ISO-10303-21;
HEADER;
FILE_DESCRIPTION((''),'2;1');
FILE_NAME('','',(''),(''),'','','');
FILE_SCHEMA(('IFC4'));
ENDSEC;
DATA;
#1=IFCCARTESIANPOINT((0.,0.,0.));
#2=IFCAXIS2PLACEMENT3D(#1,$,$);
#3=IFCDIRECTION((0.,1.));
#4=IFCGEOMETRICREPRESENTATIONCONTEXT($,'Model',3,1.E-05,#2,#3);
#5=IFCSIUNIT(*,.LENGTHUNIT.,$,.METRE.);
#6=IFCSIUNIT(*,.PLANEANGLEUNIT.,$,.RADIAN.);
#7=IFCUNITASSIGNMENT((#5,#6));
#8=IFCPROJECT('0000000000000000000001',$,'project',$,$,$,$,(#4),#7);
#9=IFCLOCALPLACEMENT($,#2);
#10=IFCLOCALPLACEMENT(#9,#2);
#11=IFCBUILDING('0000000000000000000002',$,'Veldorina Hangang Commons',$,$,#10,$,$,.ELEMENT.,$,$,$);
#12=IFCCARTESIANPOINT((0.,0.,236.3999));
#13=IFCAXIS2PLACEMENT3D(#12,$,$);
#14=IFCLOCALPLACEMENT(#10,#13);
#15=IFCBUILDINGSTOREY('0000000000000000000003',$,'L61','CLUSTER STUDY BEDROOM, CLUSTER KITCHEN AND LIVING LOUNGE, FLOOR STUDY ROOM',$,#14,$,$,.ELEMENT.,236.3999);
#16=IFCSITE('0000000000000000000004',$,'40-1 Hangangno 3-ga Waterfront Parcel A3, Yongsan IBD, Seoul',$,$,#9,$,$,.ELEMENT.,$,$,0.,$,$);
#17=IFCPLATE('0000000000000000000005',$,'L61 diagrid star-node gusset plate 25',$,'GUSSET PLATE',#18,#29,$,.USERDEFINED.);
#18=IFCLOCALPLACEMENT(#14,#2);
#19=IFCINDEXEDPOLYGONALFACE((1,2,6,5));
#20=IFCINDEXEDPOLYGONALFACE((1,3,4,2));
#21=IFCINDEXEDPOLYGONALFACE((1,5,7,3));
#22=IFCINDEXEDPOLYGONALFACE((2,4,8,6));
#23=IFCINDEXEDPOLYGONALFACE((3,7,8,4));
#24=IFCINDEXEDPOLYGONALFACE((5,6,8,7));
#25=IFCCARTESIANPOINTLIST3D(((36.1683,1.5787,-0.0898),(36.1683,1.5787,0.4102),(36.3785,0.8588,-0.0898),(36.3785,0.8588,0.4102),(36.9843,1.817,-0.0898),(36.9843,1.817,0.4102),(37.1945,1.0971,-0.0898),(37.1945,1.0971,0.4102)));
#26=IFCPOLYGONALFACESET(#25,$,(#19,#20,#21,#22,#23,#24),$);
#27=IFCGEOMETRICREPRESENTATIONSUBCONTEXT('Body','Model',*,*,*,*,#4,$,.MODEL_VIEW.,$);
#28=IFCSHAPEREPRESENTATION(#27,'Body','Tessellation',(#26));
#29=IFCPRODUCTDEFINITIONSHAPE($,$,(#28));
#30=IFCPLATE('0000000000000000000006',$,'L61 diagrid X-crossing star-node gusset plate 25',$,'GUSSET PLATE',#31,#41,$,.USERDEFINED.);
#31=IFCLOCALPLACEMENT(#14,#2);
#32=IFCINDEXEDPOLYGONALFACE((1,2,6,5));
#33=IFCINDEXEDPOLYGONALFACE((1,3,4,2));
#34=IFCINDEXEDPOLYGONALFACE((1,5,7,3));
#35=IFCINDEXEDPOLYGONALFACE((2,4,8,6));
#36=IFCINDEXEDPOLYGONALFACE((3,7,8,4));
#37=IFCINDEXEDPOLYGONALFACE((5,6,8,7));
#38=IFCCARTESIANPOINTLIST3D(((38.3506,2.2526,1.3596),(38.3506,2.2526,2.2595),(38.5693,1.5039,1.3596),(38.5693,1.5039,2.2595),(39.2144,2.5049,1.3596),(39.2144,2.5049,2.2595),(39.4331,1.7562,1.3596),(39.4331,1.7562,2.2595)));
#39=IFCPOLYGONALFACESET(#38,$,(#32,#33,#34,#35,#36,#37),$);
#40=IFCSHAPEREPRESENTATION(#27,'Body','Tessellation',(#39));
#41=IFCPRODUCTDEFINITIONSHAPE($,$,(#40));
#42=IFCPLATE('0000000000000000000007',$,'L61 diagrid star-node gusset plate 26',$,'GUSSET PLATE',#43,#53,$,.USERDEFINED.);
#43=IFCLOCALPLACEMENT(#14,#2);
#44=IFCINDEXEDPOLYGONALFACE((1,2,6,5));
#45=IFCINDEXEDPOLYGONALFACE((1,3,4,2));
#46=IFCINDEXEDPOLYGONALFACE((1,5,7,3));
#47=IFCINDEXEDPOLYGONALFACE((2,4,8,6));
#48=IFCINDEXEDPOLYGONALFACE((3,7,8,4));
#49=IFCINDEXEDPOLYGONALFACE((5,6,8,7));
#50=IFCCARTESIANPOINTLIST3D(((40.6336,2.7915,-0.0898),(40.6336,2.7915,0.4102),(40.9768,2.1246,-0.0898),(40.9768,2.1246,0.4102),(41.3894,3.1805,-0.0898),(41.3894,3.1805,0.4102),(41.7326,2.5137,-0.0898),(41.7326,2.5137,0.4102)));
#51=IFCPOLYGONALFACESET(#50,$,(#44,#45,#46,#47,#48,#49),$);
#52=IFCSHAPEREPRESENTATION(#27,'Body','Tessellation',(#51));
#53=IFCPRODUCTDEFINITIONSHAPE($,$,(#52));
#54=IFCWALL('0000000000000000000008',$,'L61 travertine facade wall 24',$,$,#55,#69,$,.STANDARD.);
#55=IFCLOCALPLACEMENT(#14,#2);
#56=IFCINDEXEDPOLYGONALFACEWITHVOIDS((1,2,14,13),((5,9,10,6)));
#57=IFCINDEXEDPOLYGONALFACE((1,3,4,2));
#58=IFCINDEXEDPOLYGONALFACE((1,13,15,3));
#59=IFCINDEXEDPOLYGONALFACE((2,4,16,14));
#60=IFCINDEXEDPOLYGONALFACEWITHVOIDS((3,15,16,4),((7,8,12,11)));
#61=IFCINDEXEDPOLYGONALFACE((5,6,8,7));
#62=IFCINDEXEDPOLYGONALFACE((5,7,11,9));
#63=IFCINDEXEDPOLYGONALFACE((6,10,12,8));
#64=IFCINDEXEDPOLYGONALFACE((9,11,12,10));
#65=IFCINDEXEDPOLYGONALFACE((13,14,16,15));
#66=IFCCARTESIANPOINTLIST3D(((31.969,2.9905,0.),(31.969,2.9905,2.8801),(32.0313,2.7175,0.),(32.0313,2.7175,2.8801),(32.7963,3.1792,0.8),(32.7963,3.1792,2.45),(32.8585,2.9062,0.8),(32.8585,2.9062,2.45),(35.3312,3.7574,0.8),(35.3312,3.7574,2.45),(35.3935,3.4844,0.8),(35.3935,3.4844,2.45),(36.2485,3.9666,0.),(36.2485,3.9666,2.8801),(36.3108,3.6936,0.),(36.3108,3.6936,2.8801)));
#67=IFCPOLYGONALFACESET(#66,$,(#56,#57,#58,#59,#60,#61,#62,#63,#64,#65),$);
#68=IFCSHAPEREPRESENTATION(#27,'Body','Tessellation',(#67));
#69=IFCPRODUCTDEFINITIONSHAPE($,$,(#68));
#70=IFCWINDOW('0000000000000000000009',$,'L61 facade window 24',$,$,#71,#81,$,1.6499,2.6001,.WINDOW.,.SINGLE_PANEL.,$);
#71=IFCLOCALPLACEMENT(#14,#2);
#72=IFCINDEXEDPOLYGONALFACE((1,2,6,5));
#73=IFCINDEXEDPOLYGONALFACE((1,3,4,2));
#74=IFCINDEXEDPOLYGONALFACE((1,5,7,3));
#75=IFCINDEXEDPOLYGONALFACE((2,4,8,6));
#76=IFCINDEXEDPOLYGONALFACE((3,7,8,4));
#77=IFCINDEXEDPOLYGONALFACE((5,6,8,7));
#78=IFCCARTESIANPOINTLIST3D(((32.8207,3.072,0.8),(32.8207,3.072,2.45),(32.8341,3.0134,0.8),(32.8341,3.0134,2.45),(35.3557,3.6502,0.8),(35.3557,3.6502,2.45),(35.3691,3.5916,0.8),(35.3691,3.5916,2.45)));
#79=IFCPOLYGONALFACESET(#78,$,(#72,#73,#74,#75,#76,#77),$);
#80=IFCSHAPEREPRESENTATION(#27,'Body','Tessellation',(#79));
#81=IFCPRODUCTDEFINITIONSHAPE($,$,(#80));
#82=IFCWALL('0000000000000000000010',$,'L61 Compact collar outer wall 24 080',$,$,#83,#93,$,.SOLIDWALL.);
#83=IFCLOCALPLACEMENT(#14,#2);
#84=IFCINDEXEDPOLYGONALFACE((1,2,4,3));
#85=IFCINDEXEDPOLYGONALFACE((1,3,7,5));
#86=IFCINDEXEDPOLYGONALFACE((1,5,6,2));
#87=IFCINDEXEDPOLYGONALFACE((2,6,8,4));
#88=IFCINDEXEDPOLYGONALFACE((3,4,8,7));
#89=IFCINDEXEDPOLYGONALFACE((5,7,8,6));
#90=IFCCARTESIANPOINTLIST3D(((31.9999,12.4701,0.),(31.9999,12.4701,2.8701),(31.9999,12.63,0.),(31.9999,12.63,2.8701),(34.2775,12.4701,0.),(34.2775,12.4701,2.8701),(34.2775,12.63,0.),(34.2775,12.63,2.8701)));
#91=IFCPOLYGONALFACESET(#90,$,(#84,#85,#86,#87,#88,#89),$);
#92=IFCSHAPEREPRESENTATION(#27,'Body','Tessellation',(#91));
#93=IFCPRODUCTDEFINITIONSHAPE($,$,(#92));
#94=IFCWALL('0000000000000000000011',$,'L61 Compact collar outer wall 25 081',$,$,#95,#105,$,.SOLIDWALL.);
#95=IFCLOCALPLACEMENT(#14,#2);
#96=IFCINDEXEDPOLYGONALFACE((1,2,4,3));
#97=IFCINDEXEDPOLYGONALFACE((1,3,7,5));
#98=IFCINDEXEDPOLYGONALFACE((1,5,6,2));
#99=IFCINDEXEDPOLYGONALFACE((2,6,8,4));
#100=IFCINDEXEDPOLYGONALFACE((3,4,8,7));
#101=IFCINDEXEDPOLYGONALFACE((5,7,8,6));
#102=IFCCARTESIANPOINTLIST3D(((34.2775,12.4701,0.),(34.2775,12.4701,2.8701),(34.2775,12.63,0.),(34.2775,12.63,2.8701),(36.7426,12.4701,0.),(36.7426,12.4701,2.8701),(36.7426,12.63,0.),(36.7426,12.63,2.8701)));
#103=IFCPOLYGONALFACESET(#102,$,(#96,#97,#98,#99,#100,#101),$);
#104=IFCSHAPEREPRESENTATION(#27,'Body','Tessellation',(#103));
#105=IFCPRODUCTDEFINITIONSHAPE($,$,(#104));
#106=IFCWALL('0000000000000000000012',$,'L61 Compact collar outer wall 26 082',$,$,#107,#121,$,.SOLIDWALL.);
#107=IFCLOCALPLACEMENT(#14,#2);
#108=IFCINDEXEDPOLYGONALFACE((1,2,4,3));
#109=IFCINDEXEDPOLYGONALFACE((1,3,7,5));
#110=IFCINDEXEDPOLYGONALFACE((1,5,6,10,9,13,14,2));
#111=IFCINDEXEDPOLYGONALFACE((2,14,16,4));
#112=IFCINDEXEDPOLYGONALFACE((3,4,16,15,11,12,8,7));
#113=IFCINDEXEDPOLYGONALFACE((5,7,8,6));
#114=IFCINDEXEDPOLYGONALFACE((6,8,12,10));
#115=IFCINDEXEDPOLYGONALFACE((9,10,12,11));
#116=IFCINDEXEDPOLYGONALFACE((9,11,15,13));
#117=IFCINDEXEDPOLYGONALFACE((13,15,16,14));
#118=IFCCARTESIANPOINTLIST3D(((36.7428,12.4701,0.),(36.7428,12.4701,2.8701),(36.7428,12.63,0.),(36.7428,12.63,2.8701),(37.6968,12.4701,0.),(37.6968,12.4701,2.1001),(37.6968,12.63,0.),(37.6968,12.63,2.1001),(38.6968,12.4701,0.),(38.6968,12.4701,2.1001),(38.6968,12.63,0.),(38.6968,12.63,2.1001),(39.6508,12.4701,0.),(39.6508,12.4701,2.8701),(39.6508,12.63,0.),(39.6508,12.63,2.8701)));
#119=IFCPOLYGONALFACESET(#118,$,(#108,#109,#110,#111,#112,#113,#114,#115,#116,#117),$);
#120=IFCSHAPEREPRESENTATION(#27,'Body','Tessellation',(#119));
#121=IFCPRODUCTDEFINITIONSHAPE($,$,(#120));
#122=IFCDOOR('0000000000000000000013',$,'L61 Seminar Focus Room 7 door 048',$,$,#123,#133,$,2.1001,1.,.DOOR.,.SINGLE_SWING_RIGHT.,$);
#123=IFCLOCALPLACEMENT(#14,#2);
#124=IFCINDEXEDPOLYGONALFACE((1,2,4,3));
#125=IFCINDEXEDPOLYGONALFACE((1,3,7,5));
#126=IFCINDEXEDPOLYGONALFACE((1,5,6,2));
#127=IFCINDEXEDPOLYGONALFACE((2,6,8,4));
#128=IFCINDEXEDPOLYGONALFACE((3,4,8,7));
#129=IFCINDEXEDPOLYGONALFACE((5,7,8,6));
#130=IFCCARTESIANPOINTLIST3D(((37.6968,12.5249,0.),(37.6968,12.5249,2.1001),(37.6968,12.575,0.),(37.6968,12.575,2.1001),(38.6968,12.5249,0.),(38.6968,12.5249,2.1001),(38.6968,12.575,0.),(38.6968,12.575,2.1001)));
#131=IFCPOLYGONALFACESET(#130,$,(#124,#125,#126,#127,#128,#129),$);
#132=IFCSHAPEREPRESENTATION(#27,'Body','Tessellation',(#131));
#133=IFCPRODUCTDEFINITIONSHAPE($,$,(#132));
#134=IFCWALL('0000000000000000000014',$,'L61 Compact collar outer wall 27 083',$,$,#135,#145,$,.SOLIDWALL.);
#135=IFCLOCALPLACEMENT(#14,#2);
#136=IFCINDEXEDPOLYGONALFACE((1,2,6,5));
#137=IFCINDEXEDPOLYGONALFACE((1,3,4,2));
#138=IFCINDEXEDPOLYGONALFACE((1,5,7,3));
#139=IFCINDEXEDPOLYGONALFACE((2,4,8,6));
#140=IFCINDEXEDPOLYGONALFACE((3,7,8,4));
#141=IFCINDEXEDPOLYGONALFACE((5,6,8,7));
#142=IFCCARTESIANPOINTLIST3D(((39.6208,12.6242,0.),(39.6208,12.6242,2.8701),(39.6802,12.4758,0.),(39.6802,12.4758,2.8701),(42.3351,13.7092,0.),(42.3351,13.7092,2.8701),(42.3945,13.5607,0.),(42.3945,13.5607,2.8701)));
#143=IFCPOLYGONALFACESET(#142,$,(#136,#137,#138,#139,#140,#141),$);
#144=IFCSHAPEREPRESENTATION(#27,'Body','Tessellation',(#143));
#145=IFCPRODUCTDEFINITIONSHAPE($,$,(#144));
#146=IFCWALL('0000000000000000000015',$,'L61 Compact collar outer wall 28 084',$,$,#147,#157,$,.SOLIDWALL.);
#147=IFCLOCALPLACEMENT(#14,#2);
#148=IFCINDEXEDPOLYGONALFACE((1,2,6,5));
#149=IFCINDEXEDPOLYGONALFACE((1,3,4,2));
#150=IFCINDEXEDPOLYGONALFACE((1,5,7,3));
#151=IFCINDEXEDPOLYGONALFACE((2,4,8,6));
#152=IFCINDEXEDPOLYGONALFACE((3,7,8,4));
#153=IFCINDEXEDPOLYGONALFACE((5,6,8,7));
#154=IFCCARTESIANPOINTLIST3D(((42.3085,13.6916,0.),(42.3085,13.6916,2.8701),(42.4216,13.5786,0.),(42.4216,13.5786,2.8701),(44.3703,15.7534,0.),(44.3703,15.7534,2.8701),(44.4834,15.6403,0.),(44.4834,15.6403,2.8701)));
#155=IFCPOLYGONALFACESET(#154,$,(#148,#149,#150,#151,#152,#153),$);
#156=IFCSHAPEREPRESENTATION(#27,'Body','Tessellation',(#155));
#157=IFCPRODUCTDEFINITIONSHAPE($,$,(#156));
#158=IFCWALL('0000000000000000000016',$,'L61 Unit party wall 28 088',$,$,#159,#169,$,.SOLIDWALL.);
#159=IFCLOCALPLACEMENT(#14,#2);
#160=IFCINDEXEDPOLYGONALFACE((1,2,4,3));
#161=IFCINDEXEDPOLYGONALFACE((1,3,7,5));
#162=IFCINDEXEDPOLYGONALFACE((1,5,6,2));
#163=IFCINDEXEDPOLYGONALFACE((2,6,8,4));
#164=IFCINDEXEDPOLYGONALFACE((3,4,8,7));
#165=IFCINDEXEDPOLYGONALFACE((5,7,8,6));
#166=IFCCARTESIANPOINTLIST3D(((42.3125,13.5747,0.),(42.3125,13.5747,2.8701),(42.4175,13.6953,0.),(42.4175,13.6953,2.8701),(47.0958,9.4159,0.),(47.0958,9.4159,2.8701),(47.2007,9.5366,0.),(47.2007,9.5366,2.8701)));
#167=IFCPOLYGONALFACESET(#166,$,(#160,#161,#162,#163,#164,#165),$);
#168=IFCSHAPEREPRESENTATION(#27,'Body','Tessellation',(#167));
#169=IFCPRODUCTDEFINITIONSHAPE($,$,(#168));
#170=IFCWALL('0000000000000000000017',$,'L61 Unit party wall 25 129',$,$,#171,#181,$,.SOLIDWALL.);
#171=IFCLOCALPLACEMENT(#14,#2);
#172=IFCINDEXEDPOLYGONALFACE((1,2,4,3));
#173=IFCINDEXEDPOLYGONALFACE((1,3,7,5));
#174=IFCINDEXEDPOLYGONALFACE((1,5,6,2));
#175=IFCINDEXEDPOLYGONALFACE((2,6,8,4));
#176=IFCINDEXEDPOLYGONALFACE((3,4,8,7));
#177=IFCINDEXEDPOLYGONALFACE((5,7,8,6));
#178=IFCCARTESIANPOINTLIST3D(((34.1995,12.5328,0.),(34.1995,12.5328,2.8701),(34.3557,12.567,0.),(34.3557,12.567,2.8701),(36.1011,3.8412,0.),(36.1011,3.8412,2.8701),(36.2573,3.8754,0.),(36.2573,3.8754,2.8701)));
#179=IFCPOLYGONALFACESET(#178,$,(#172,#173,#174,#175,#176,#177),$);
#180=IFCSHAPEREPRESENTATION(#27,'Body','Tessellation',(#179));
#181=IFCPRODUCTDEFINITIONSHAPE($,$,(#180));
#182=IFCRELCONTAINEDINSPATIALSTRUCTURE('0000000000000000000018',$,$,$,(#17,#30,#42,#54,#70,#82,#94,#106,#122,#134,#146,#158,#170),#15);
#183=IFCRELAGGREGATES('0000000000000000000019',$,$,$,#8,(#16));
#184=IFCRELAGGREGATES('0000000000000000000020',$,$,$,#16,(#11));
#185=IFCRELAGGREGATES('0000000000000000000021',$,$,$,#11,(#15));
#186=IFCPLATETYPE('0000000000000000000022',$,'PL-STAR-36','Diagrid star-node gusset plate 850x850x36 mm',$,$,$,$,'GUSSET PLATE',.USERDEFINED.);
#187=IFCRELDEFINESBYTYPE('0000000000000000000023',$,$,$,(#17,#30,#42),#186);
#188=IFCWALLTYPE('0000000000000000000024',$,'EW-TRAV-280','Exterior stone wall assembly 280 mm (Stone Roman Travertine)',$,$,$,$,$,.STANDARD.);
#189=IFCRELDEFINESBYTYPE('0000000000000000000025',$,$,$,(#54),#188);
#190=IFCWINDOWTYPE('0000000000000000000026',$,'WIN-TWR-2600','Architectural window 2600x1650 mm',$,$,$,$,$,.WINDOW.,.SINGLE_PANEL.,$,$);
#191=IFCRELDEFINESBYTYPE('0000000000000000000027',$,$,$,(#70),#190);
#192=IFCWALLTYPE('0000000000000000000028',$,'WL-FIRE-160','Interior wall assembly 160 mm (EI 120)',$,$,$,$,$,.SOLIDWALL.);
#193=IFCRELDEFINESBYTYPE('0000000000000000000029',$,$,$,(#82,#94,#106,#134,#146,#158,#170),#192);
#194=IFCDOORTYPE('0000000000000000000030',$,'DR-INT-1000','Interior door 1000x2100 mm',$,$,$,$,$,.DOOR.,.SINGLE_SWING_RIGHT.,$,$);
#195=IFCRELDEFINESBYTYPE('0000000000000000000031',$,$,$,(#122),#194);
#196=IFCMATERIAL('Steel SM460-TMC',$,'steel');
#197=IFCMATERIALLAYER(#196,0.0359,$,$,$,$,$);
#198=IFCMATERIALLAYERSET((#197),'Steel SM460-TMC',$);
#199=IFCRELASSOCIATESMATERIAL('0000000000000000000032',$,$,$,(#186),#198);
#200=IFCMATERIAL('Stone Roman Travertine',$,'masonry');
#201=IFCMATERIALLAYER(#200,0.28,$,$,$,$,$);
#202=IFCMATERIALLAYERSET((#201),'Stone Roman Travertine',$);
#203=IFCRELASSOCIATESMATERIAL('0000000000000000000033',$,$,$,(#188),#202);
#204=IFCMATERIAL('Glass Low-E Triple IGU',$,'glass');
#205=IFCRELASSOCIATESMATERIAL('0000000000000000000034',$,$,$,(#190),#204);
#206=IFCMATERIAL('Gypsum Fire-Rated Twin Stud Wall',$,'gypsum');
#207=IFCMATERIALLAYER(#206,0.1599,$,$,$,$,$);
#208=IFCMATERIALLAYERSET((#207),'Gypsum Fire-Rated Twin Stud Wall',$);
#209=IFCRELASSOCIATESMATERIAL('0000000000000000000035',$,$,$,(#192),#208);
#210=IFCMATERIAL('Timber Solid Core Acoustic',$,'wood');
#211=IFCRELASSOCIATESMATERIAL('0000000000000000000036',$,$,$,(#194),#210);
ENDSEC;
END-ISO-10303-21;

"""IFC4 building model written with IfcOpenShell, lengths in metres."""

from ifc_helpers import new_model, si_unit, direction, frame, frame_2d, origin, origin_2d, place, context, subcontext, project, spatial, rectangle, extrude, material, layer, layer_set, type_object, element, fill, save


model = new_model("IFC4")

# Units and contexts
model_context = context("Model", 3, precision=1e-05, world=origin(), true_north=direction((0.0, 1.0)))
body_context = subcontext(model_context, "Body", "Model", "MODEL_VIEW")
ifc_project = project(units=[si_unit("LENGTHUNIT", "METRE"), si_unit("PLANEANGLEUNIT", "RADIAN")], contexts=[model_context])

# Site, building, storey
site_placement = place(None, origin())
site = spatial("IfcSite", under=ifc_project, at=site_placement, Name="40-1 Hangangno 3-ga Waterfront Parcel A3, Yongsan IBD, Seoul", CompositionType="ELEMENT", RefElevation=0.0)
building_placement = place(site_placement, origin())
building = spatial("IfcBuilding", under=site, at=building_placement, Name="Veldorina Hangang Commons", CompositionType="ELEMENT")
storey_placement = place(building_placement, frame((0.0, 0.0, 236.3999)))
storey = spatial("IfcBuildingStorey", under=building, at=storey_placement, Name="L61", Description="CLUSTER STUDY BEDROOM, CLUSTER KITCHEN AND LIVING LOUNGE, FLOOR STUDY ROOM", CompositionType="ELEMENT", Elevation=236.3999)

# Shared definitions
ifc_material_1 = material(Name="Glass Low-E Triple IGU", Category="glass")

# Plates
ifc_material_2 = material(Name="Steel SM460-TMC", Category="steel")
ifc_layer_1 = layer(ifc_material_2, 0.0359)
ifc_layer_set_1 = layer_set([ifc_layer_1], Name="Steel SM460-TMC")
plate_type_1 = type_object("IfcPlateType", Name="PL-STAR-36", Description="Diagrid star-node gusset plate 850x850x36 mm", ElementType="GUSSET PLATE", PredefinedType="USERDEFINED", material=ifc_layer_set_1)
plate_1_placement = place(storey_placement, frame((36.6814, 1.3379, -0.0898), z_axis=(0.0, 0.0, 1.0), x_axis=(0.959893, 0.280365, 0.0)))
element("IfcPlate", 1, at=plate_1_placement, inside=storey, type_object=plate_type_1, Name="L61 diagrid star-node gusset plate 25", ObjectType="GUSSET PLATE", PredefinedType="USERDEFINED", context=body_context, shape_type="SweptSolid", body=[
    extrude(rectangle(XDim=0.8501, YDim=0.75, at=origin_2d()), origin(), (0.0, 0.0, 1.0), 0.5),
])
plate_2_placement = place(storey_placement, frame((38.8918, 2.0044, 1.3596), z_axis=(0.0, 0.0, 1.0), x_axis=(0.959893, 0.280365, 0.0)))
element("IfcPlate", 2, at=plate_2_placement, inside=storey, type_object=plate_type_1, Name="L61 diagrid X-crossing star-node gusset plate 25", ObjectType="GUSSET PLATE", PredefinedType="USERDEFINED", context=body_context, shape_type="SweptSolid", body=[
    extrude(rectangle(XDim=0.8999, YDim=0.78, at=origin_2d()), origin(), (0.0, 0.0, 1.0), 0.8999),
])
plate_3_placement = place(storey_placement, frame((41.1831, 2.6526, -0.0898), z_axis=(0.0, 0.0, 1.0), x_axis=(0.889137, 0.457641, 0.0)))
element("IfcPlate", 3, at=plate_3_placement, inside=storey, type_object=plate_type_1, Name="L61 diagrid star-node gusset plate 26", ObjectType="GUSSET PLATE", PredefinedType="USERDEFINED", context=body_context, shape_type="SweptSolid", body=[
    extrude(rectangle(XDim=0.8501, YDim=0.75, at=origin_2d()), origin(), (0.0, 0.0, 1.0), 0.5),
])

# Wall, opening, window
ifc_material_3 = material(Name="Stone Roman Travertine", Category="masonry")
ifc_layer_2 = layer(ifc_material_3, 0.28)
ifc_layer_set_2 = layer_set([ifc_layer_2], Name="Stone Roman Travertine")
wall_type_1 = type_object("IfcWallType", Name="EW-TRAV-280", Description="Exterior stone wall assembly 280 mm (Stone Roman Travertine)", PredefinedType="STANDARD", material=ifc_layer_set_2)
wall_1_placement = place(storey_placement, frame((32.0, 2.854, 0.0), z_axis=(0.0, 0.0, 1.0), x_axis=(0.974963, 0.222369, 0.0)))
wall_1 = element("IfcWall", 4, at=wall_1_placement, inside=storey, type_object=wall_type_1, Name="L61 travertine facade wall 24", PredefinedType="STANDARD", context=body_context, shape_type="SweptSolid", body=[
    extrude(rectangle(XDim=4.3894, YDim=0.28, at=frame_2d((2.1948, 0.0))), origin(), (0.0, 0.0, 1.0), 2.8801),
])
opening_1_placement = place(wall_1_placement, frame((0.8486, 0.0, 0.8)))
opening_1 = element("IfcOpeningElement", 5, at=opening_1_placement, cuts=wall_1, PredefinedType="OPENING", context=body_context, shape_type="SweptSolid", body=[
    extrude(rectangle(XDim=2.6001, YDim=1.6499, at=frame_2d((1.3, 0.825))), frame((0.0, 0.1499, 0.0), z_axis=(0.0, -1.0, 0.0), x_axis=(1.0, 0.0, 0.0)), (0.0, 0.0, 1.0), 0.3),
])
window_type = type_object("IfcWindowType", Name="WIN-TWR-2600", Description="Architectural window 2600x1650 mm", PartitioningType="SINGLE_PANEL", PredefinedType="WINDOW", material=ifc_material_1)
window_placement = place(opening_1_placement, origin())
window = element("IfcWindow", 6, at=window_placement, inside=storey, type_object=window_type, Name="L61 facade window 24", OverallHeight=1.6499, OverallWidth=2.6001, PartitioningType="SINGLE_PANEL", PredefinedType="WINDOW", context=body_context, shape_type="SweptSolid", body=[
    extrude(rectangle(XDim=2.6001, YDim=1.6499, at=frame_2d((1.3, 0.825))), frame((0.0, 0.03, 0.0), z_axis=(0.0, -1.0, 0.0), x_axis=(1.0, 0.0, 0.0)), (0.0, 0.0, 1.0), 0.0601),
])
fill(opening_1, window)

# Walls
ifc_material_4 = material(Name="Gypsum Fire-Rated Twin Stud Wall", Category="gypsum")
ifc_layer_3 = layer(ifc_material_4, 0.1599)
ifc_layer_set_3 = layer_set([ifc_layer_3], Name="Gypsum Fire-Rated Twin Stud Wall")
wall_type_2 = type_object("IfcWallType", Name="WL-FIRE-160", Description="Interior wall assembly 160 mm (EI 120)", PredefinedType="SOLIDWALL", material=ifc_layer_set_3)
wall_2_placement = place(storey_placement, frame((32.0, 12.55, 0.0), z_axis=(0.0, 0.0, 1.0), x_axis=(1.0, 0.0, 0.0)))
element("IfcWall", 7, at=wall_2_placement, inside=storey, type_object=wall_type_2, Name="L61 Compact collar outer wall 24 080", PredefinedType="SOLIDWALL", context=body_context, shape_type="SweptSolid", body=[
    extrude(rectangle(XDim=2.2776, YDim=0.1599, at=frame_2d((1.1387, 0.0))), origin(), (0.0, 0.0, 1.0), 2.8701),
])
wall_3_placement = place(storey_placement, frame((34.2776, 12.55, 0.0), z_axis=(0.0, 0.0, 1.0), x_axis=(1.0, 0.0, 0.0)))
element("IfcWall", 8, at=wall_3_placement, inside=storey, type_object=wall_type_2, Name="L61 Compact collar outer wall 25 081", PredefinedType="SOLIDWALL", context=body_context, shape_type="SweptSolid", body=[
    extrude(rectangle(XDim=2.4651, YDim=0.1599, at=frame_2d((1.2324, 0.0))), origin(), (0.0, 0.0, 1.0), 2.8701),
])

# Wall, opening, door
wall_4_placement = place(storey_placement, frame((36.7427, 12.55, 0.0), z_axis=(0.0, 0.0, 1.0), x_axis=(1.0, 0.0, 0.0)))
wall_4 = element("IfcWall", 9, at=wall_4_placement, inside=storey, type_object=wall_type_2, Name="L61 Compact collar outer wall 26 082", PredefinedType="SOLIDWALL", context=body_context, shape_type="SweptSolid", body=[
    extrude(rectangle(XDim=2.908, YDim=0.1599, at=frame_2d((1.4541, 0.0))), origin(), (0.0, 0.0, 1.0), 2.8701),
])
opening_2_placement = place(wall_4_placement, frame((0.9541, 0.0, 0.0)))
opening_2 = element("IfcOpeningElement", 10, at=opening_2_placement, cuts=wall_4, PredefinedType="OPENING", context=body_context, shape_type="SweptSolid", body=[
    extrude(rectangle(XDim=1.0, YDim=2.1001, at=frame_2d((0.5, 1.05))), frame((0.0, 0.0898, 0.0), z_axis=(0.0, -1.0, 0.0), x_axis=(1.0, 0.0, 0.0)), (0.0, 0.0, 1.0), 0.1799),
])
ifc_material_5 = material(Name="Timber Solid Core Acoustic", Category="wood")
door_type = type_object("IfcDoorType", Name="DR-INT-1000", Description="Interior door 1000x2100 mm", OperationType="SINGLE_SWING_RIGHT", PredefinedType="DOOR", material=ifc_material_5)
door_placement = place(opening_2_placement, origin())
door = element("IfcDoor", 11, at=door_placement, inside=storey, type_object=door_type, Name="L61 Seminar Focus Room 7 door 048", OperationType="SINGLE_SWING_RIGHT", OverallHeight=2.1001, OverallWidth=1.0, PredefinedType="DOOR", context=body_context, shape_type="SweptSolid", body=[
    extrude(rectangle(XDim=1.0, YDim=2.1001, at=frame_2d((0.5, 1.05))), frame((0.0, 0.0249, 0.0), z_axis=(0.0, -1.0, 0.0), x_axis=(1.0, 0.0, 0.0)), (0.0, 0.0, 1.0), 0.05),
])
fill(opening_2, door)

# Walls
wall_5_placement = place(storey_placement, frame((39.6506, 12.55, 0.0), z_axis=(0.0, 0.0, 1.0), x_axis=(0.928569, 0.37116, 0.0)))
element("IfcWall", 12, at=wall_5_placement, inside=storey, type_object=wall_type_2, Name="L61 Compact collar outer wall 27 083", PredefinedType="SOLIDWALL", context=body_context, shape_type="SweptSolid", body=[
    extrude(rectangle(XDim=2.9231, YDim=0.1599, at=frame_2d((1.4614, 0.0))), origin(), (0.0, 0.0, 1.0), 2.8701),
])
wall_6_placement = place(storey_placement, frame((42.365, 13.635, 0.0), z_axis=(0.0, 0.0, 1.0), x_axis=(0.707107, 0.707107, 0.0)))
element("IfcWall", 13, at=wall_6_placement, inside=storey, type_object=wall_type_2, Name="L61 Compact collar outer wall 28 084", PredefinedType="SOLIDWALL", context=body_context, shape_type="SweptSolid", body=[
    extrude(rectangle(XDim=2.9158, YDim=0.1599, at=frame_2d((1.458, 0.0))), origin(), (0.0, 0.0, 1.0), 2.8701),
])
wall_7_placement = place(storey_placement, frame((42.365, 13.635, 0.0), z_axis=(0.0, 0.0, 1.0), x_axis=(0.754654, -0.656123, 0.0)))
element("IfcWall", 14, at=wall_7_placement, inside=storey, type_object=wall_type_2, Name="L61 Unit party wall 28 088", PredefinedType="SOLIDWALL", context=body_context, shape_type="SweptSolid", body=[
    extrude(rectangle(XDim=6.3384, YDim=0.1599, at=frame_2d((3.1692, 0.0))), origin(), (0.0, 0.0, 1.0), 2.8701),
])
wall_8_placement = place(storey_placement, frame((34.2776, 12.55, 0.0), z_axis=(0.0, 0.0, 1.0), x_axis=(0.21373, -0.976893, 0.0)))
element("IfcWall", 15, at=wall_8_placement, inside=storey, type_object=wall_type_2, Name="L61 Unit party wall 25 129", PredefinedType="SOLIDWALL", context=body_context, shape_type="SweptSolid", body=[
    extrude(rectangle(XDim=8.8972, YDim=0.1599, at=frame_2d((4.4487, 0.0))), origin(), (0.0, 0.0, 1.0), 2.8701),
])

save(model, "model.ifc")
